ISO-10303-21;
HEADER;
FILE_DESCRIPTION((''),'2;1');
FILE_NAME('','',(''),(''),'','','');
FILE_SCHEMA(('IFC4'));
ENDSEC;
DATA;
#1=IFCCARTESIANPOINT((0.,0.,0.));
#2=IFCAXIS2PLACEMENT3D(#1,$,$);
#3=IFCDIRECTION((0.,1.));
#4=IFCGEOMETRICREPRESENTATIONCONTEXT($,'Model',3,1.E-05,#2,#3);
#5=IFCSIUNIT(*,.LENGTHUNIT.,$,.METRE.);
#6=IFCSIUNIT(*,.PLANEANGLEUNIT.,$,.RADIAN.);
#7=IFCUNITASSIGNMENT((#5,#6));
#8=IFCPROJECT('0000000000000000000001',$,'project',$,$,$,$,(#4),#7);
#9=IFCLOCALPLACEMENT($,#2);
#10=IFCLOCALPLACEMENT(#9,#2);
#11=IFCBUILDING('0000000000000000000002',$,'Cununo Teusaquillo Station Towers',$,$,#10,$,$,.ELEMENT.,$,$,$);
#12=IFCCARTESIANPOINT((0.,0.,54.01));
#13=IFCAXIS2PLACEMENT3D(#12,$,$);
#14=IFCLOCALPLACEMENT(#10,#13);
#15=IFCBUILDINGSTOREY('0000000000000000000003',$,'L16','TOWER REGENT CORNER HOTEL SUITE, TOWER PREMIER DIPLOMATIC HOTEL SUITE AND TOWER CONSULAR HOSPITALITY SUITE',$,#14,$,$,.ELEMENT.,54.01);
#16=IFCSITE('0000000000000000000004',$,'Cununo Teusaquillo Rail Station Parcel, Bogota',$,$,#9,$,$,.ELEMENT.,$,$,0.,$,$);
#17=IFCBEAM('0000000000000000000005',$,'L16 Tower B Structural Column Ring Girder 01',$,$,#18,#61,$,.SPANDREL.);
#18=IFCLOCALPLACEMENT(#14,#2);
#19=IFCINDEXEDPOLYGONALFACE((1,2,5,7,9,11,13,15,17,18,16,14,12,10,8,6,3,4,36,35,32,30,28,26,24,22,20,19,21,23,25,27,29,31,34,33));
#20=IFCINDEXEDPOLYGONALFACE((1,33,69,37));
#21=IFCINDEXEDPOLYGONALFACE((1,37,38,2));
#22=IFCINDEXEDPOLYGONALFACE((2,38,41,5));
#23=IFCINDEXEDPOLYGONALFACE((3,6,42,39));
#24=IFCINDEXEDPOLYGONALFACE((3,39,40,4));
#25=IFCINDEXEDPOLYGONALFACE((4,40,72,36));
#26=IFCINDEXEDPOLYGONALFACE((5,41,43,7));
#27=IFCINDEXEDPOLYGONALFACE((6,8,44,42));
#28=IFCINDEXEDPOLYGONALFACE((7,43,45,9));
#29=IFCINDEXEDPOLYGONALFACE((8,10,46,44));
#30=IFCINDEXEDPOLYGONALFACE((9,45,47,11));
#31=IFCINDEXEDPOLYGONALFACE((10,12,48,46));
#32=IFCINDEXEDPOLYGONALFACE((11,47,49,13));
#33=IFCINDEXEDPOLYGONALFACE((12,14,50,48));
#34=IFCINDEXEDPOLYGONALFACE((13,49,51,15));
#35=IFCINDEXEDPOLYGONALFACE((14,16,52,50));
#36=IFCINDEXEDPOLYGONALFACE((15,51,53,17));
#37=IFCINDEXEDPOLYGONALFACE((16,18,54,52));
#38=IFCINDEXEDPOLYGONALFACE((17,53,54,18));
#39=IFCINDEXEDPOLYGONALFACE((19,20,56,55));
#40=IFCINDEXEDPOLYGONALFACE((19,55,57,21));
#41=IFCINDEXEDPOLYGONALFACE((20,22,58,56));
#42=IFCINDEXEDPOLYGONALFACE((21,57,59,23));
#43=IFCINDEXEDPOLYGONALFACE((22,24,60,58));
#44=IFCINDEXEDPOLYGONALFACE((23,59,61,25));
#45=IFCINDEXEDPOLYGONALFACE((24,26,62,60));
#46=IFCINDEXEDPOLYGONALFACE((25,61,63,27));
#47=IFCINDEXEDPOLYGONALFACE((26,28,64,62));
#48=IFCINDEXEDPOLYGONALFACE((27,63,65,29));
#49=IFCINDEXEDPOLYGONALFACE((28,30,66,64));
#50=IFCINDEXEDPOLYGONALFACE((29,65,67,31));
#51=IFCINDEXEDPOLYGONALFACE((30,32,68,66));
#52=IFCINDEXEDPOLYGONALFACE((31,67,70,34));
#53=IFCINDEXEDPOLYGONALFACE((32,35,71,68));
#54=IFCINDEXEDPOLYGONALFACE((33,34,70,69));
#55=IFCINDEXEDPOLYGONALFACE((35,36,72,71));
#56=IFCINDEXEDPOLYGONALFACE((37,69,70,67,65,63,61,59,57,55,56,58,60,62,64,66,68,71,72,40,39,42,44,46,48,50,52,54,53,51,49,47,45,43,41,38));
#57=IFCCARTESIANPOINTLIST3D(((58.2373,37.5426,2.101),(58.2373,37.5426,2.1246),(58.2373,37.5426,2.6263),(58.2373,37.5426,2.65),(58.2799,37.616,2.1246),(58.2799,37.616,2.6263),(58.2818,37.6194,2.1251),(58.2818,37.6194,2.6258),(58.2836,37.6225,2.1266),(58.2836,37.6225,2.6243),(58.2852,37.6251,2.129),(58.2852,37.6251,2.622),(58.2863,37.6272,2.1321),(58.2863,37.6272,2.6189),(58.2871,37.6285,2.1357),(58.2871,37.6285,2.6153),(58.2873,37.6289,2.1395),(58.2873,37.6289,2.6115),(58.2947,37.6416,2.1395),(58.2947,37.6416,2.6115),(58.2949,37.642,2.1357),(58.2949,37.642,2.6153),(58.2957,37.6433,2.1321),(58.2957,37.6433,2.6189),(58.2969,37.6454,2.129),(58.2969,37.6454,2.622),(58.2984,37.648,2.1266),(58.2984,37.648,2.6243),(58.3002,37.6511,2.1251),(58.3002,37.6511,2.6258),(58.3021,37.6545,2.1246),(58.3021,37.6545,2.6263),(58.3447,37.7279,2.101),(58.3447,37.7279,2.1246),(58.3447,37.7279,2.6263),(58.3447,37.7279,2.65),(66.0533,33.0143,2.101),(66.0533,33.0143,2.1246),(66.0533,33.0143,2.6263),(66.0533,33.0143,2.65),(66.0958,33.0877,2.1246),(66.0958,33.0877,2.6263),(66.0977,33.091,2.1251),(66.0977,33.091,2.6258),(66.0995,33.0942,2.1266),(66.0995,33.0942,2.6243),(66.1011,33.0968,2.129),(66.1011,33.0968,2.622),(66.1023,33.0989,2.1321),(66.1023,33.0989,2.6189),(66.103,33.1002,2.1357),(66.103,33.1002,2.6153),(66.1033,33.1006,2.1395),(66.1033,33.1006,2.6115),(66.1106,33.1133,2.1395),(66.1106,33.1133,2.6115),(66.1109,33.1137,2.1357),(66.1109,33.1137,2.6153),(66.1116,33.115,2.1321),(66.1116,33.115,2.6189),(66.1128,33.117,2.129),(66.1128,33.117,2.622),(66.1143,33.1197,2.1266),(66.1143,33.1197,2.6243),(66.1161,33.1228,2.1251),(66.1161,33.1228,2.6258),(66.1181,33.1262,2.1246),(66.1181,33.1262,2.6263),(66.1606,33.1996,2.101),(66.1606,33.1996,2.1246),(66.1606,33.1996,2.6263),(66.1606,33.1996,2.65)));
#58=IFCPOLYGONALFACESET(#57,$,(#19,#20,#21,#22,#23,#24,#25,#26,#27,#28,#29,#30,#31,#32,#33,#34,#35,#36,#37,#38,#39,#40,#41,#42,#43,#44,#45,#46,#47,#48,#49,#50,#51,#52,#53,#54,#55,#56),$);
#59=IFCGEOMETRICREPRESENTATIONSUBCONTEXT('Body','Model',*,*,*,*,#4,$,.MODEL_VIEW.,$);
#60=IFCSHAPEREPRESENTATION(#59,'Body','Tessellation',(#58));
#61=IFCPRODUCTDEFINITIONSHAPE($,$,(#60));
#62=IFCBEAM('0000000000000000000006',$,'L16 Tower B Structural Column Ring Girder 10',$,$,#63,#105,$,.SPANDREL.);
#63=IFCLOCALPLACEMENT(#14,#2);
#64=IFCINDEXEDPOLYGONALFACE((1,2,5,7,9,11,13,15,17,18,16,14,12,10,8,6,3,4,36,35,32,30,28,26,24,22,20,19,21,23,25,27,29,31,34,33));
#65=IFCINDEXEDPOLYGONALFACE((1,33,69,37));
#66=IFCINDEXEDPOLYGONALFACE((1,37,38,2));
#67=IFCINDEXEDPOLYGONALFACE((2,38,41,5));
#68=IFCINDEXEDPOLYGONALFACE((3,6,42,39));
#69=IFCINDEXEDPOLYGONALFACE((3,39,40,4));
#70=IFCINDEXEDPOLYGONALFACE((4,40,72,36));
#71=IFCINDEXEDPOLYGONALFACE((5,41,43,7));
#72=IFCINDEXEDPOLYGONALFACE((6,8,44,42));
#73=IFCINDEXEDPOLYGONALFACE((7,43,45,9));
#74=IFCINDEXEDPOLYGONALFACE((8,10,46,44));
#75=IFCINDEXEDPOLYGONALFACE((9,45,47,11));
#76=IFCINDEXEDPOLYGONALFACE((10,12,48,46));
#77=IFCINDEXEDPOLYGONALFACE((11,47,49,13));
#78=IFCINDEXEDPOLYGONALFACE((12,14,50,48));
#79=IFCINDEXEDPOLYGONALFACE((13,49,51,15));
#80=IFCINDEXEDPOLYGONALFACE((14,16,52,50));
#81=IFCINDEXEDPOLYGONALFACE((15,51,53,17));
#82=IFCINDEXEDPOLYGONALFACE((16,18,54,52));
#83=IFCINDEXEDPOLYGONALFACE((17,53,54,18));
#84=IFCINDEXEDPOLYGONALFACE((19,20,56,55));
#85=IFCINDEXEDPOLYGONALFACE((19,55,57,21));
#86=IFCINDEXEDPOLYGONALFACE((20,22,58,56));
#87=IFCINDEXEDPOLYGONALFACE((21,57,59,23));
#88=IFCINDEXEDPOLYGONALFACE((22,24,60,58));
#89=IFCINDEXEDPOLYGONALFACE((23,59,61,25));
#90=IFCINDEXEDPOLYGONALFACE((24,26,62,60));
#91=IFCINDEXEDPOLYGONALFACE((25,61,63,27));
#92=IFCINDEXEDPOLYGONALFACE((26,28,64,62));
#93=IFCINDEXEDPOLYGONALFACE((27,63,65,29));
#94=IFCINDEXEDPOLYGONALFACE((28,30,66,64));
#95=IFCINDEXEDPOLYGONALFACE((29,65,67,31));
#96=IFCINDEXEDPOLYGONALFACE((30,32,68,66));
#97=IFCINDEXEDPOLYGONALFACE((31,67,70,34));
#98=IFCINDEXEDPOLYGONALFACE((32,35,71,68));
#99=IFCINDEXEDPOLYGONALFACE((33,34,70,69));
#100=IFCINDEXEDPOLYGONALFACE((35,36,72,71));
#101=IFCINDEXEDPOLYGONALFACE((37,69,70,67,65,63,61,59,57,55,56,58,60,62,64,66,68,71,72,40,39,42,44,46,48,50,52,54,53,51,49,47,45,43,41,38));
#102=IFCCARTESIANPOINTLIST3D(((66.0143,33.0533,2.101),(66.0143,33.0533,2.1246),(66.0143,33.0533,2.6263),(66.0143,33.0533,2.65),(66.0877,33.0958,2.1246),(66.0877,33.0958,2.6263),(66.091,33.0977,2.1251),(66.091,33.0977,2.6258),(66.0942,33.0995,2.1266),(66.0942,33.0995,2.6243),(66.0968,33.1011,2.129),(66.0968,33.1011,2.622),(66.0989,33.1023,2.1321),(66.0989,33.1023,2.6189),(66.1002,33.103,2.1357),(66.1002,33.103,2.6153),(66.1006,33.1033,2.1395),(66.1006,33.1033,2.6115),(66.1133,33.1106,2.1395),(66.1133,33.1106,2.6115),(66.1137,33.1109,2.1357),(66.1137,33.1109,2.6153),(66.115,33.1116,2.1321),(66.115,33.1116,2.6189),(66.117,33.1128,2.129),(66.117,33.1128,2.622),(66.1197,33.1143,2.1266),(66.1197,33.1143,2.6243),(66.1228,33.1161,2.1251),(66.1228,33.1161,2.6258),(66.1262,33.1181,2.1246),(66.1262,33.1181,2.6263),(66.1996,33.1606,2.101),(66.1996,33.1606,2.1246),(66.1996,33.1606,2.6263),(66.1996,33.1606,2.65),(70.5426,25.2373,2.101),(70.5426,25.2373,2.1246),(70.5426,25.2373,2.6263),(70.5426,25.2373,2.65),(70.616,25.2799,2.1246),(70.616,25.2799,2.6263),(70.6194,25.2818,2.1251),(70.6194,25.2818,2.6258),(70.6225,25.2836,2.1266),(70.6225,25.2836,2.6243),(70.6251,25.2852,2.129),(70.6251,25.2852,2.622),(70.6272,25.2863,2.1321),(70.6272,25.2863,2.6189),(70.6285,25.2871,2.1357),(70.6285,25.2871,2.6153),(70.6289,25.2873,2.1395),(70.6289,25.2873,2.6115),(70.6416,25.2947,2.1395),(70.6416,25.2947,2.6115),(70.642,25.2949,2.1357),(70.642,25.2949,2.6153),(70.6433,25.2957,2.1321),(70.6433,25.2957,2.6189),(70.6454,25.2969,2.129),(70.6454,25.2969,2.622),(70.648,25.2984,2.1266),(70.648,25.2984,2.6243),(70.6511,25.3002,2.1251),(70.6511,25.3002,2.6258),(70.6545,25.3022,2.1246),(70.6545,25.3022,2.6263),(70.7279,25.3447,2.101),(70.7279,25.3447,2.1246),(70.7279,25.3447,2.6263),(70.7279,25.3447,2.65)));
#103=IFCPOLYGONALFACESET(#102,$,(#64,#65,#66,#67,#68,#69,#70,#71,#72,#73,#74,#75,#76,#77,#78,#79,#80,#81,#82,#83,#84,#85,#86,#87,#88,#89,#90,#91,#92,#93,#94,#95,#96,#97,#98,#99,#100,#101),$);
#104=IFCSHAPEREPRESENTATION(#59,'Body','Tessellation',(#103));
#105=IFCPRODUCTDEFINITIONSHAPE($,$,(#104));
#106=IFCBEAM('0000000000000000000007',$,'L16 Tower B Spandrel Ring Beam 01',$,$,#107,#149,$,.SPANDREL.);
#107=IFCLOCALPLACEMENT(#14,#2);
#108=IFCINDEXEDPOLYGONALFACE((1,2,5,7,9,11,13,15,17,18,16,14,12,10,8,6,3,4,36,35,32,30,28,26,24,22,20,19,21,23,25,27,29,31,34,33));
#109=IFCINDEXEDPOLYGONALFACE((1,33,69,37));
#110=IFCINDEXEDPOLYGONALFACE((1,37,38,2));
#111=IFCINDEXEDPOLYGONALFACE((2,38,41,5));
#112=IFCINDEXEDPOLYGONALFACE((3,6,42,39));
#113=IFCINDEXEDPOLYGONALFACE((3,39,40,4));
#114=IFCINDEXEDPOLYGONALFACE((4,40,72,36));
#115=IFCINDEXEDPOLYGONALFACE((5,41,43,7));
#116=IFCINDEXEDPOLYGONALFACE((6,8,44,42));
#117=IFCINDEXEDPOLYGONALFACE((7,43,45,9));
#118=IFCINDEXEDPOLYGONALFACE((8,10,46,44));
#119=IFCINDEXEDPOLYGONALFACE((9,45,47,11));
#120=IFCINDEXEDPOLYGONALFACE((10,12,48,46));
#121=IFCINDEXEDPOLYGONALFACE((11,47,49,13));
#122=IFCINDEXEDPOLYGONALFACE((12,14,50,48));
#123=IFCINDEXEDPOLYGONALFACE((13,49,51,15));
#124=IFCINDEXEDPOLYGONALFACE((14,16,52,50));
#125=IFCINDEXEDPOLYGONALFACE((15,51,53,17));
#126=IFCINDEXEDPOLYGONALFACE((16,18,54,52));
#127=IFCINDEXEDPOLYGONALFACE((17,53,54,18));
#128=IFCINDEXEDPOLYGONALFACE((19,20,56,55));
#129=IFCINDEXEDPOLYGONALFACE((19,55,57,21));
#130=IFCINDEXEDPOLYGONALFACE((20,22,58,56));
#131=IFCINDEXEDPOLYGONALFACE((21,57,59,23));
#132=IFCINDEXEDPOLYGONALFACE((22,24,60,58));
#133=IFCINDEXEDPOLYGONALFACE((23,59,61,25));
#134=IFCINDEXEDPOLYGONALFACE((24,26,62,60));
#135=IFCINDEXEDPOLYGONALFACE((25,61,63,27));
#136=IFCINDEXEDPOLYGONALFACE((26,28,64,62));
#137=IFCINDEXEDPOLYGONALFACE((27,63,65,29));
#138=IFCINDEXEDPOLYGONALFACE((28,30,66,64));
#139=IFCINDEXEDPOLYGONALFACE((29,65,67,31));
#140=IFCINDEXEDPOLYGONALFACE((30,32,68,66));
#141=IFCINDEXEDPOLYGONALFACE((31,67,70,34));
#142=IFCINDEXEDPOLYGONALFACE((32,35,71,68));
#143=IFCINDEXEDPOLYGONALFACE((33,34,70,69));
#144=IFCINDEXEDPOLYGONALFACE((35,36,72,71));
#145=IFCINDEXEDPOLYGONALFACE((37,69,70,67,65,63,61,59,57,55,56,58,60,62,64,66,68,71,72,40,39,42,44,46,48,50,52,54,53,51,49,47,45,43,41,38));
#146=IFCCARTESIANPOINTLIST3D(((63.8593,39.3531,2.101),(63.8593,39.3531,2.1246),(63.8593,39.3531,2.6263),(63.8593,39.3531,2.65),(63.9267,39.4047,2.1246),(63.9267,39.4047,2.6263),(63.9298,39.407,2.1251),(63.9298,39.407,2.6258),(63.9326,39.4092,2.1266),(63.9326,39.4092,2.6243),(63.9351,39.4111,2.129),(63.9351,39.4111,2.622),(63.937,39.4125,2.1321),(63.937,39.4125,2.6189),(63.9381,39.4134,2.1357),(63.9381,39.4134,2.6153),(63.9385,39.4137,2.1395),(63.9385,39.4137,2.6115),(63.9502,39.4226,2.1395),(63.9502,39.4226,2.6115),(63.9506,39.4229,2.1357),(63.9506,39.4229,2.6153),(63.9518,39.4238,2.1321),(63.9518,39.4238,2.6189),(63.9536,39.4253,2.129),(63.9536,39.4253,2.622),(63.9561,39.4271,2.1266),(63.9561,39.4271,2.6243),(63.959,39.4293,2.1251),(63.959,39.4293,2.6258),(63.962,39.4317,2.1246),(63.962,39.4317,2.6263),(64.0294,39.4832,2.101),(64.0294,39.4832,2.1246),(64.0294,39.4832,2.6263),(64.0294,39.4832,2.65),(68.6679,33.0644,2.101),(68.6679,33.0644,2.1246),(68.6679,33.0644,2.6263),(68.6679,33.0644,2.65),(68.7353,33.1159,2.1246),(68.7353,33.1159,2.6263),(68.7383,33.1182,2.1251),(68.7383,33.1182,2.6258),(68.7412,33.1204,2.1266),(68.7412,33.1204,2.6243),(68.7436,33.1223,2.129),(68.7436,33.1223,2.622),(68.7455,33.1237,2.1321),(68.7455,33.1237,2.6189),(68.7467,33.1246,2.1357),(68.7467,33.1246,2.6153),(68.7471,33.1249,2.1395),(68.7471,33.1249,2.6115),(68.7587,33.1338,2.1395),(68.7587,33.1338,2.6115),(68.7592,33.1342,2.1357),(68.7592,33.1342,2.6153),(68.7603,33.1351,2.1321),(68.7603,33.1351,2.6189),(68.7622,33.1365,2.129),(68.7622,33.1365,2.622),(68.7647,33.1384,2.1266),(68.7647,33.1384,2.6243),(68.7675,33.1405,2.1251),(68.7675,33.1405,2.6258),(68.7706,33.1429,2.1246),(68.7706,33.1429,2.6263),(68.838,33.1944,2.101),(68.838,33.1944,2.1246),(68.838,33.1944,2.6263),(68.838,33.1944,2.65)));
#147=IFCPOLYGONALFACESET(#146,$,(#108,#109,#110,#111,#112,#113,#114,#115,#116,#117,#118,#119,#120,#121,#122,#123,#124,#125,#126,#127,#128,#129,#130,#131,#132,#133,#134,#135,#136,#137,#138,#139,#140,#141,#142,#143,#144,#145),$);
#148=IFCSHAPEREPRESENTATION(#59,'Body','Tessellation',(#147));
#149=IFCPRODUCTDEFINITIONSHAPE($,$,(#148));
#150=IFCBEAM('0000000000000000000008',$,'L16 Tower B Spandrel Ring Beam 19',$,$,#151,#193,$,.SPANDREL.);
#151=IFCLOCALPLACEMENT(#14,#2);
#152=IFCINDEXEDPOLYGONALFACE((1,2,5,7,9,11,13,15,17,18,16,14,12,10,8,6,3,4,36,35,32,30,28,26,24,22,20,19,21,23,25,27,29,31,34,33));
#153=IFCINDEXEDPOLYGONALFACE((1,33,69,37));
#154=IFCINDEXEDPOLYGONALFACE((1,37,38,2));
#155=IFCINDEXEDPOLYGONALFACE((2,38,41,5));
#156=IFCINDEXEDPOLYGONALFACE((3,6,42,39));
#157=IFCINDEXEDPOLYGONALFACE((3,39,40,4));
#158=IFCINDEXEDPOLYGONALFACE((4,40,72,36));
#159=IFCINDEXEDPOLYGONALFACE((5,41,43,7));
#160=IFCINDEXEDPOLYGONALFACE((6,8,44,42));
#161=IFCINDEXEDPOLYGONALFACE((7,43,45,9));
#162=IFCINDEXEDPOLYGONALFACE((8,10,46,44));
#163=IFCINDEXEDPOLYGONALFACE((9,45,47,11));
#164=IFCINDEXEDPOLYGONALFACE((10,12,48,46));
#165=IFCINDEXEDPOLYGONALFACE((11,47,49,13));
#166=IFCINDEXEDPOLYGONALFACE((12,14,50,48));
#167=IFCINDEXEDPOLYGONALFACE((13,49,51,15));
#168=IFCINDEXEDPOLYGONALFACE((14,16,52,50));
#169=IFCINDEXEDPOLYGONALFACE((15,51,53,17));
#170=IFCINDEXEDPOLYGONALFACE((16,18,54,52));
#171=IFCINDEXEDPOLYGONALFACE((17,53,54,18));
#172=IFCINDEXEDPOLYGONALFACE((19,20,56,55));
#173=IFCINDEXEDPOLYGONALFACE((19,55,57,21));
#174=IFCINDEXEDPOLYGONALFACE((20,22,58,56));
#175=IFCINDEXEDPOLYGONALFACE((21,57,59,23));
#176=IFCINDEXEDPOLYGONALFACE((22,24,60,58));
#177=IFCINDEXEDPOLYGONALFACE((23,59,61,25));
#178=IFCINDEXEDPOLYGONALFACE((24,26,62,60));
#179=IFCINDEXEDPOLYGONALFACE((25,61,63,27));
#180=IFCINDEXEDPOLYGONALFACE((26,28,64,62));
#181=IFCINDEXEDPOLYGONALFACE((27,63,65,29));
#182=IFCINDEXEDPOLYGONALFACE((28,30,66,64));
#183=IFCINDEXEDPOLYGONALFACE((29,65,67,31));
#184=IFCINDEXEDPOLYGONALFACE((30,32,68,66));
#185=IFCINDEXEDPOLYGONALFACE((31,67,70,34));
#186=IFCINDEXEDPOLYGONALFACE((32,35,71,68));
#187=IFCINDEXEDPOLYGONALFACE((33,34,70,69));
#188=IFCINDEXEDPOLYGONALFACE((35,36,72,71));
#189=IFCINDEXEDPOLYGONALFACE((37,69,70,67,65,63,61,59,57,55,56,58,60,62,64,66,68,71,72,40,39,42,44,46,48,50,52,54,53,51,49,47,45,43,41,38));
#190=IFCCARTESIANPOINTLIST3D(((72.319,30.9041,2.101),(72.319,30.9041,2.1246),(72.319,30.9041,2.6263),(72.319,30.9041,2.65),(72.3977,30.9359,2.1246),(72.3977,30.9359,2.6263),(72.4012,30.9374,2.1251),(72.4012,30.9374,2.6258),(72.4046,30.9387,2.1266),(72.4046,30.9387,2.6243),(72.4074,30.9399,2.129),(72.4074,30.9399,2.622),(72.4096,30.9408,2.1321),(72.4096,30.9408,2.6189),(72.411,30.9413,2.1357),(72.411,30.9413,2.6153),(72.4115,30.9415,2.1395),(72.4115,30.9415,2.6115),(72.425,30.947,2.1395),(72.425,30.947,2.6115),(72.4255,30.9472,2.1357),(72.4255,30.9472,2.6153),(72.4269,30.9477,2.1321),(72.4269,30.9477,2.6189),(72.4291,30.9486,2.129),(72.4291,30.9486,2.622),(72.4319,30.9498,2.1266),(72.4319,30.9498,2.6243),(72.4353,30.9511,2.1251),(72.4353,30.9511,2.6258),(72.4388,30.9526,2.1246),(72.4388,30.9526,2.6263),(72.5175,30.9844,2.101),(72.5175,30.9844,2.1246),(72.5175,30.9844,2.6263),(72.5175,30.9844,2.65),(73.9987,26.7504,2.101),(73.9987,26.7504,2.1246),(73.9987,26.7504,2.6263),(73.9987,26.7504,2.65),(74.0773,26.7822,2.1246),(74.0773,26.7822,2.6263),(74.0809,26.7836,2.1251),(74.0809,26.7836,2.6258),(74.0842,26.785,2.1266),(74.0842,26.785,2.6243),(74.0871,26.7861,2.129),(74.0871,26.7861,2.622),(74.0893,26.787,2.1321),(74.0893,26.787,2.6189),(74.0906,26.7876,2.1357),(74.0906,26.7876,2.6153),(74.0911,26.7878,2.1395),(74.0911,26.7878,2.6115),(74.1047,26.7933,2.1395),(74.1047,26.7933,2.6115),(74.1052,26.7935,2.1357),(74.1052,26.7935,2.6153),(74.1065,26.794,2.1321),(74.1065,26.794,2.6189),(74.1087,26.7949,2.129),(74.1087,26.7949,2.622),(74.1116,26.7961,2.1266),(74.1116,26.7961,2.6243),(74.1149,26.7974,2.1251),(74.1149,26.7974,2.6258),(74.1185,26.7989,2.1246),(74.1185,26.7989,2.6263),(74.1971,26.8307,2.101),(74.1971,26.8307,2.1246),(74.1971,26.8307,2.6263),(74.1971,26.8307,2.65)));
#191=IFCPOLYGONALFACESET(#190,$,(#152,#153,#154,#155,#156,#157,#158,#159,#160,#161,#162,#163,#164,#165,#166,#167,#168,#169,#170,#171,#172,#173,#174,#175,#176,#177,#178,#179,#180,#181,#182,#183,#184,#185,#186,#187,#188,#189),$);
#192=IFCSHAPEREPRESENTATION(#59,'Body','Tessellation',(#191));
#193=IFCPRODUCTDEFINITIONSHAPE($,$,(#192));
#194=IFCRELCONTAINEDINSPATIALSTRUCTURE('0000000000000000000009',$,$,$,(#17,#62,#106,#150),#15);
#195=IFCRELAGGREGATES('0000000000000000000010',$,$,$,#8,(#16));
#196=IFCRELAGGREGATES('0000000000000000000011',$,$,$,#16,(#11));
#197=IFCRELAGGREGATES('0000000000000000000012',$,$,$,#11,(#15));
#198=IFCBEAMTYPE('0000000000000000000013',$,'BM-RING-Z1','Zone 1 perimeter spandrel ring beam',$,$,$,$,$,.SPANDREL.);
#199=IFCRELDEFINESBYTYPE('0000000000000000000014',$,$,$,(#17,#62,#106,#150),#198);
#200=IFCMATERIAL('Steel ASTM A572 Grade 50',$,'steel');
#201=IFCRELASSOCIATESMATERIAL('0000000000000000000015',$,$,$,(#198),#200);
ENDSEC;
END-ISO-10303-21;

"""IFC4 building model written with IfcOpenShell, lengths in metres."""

from ifc_helpers import new_model, si_unit, direction, frame, origin, origin_2d, place, context, subcontext, project, spatial, i_section, extrude, material, material_profile, profile_set, type_object, element, save


model = new_model("IFC4")

# Units and contexts
model_context = context("Model", 3, precision=1e-05, world=origin(), true_north=direction((0.0, 1.0)))
body_context = subcontext(model_context, "Body", "Model", "MODEL_VIEW")
ifc_project = project(units=[si_unit("LENGTHUNIT", "METRE"), si_unit("PLANEANGLEUNIT", "RADIAN")], contexts=[model_context])

# Site, building, storey
site_placement = place(None, origin())
site = spatial("IfcSite", under=ifc_project, at=site_placement, Name="Cununo Teusaquillo Rail Station Parcel, Bogota", CompositionType="ELEMENT", RefElevation=0.0)
building_placement = place(site_placement, origin())
building = spatial("IfcBuilding", under=site, at=building_placement, Name="Cununo Teusaquillo Station Towers", CompositionType="ELEMENT")
storey_placement = place(building_placement, frame((0.0, 0.0, 54.01)))
storey = spatial("IfcBuildingStorey", under=building, at=storey_placement, Name="L16", Description="TOWER REGENT CORNER HOTEL SUITE, TOWER PREMIER DIPLOMATIC HOTEL SUITE AND TOWER CONSULAR HOSPITALITY SUITE", CompositionType="ELEMENT", Elevation=54.01)

# Beams
ifc_material_1 = material(Name="Steel ASTM A572 Grade 50", Category="steel")
ifc_material_profile_1 = material_profile(ifc_material_1, i_section(OverallWidth=0.2141, OverallDepth=0.5491, WebThickness=0.0146, FlangeThickness=0.0237, FilletRadius=0.0149, at=origin_2d()), Name="W21X93")
ifc_profile_set_1 = profile_set([ifc_material_profile_1], Name="Steel ASTM A572 Grade 50")
beam_type_1 = type_object("IfcBeamType", Name="BM-RING-Z1", Description="Zone 1 perimeter spandrel ring beam", PredefinedType="SPANDREL", material=ifc_profile_set_1)
for number, where, z_axis, x_axis, name in (
    (1, (66.1069, 33.1069, 2.3755), (-0.865267, 0.501311, 0.0), (-0.501311, -0.865267, 0.0), "L16 Tower B Structural Column Ring Girder 01"),
    (2, (70.6353, 25.291, 2.3755), (-0.501311, 0.865267, 0.0), (-0.865267, -0.501311, 0.0), "L16 Tower B Structural Column Ring Girder 10"),
):
    element("IfcBeam", number, at=place(storey_placement, frame(where, z_axis=z_axis, x_axis=x_axis)), inside=storey, type_object=beam_type_1, Name=name, PredefinedType="SPANDREL", context=body_context, shape_type="SweptSolid", body=[
        extrude(i_section(OverallWidth=0.2141, OverallDepth=0.5491, WebThickness=0.0146, FlangeThickness=0.0237, FilletRadius=0.0149, at=origin_2d()), origin(), (0.0, 0.0, 1.0), 9.033),
    ])
beam_1_placement = place(storey_placement, frame((68.7529, 33.1294, 2.3755), z_axis=(-0.60741, 0.794388, 0.0), x_axis=(-0.794388, -0.60741, 0.0)))
element("IfcBeam", 3, at=beam_1_placement, inside=storey, type_object=beam_type_1, Name="L16 Tower B Spandrel Ring Beam 01", PredefinedType="SPANDREL", context=body_context, shape_type="SweptSolid", body=[
    extrude(i_section(OverallWidth=0.2141, OverallDepth=0.5491, WebThickness=0.0146, FlangeThickness=0.0237, FilletRadius=0.0149, at=origin_2d()), origin(), (0.0, 0.0, 1.0), 7.9165),
])
beam_2_placement = place(storey_placement, frame((74.0979, 26.7905, 2.3755), z_axis=(-0.374883, 0.927072, 0.0), x_axis=(-0.927072, -0.374883, 0.0)))
element("IfcBeam", 4, at=beam_2_placement, inside=storey, type_object=beam_type_1, Name="L16 Tower B Spandrel Ring Beam 19", PredefinedType="SPANDREL", context=body_context, shape_type="SweptSolid", body=[
    extrude(i_section(OverallWidth=0.2141, OverallDepth=0.5491, WebThickness=0.0146, FlangeThickness=0.0237, FilletRadius=0.0149, at=origin_2d()), origin(), (0.0, 0.0, 1.0), 4.4805),
])

save(model, "model.ifc")
